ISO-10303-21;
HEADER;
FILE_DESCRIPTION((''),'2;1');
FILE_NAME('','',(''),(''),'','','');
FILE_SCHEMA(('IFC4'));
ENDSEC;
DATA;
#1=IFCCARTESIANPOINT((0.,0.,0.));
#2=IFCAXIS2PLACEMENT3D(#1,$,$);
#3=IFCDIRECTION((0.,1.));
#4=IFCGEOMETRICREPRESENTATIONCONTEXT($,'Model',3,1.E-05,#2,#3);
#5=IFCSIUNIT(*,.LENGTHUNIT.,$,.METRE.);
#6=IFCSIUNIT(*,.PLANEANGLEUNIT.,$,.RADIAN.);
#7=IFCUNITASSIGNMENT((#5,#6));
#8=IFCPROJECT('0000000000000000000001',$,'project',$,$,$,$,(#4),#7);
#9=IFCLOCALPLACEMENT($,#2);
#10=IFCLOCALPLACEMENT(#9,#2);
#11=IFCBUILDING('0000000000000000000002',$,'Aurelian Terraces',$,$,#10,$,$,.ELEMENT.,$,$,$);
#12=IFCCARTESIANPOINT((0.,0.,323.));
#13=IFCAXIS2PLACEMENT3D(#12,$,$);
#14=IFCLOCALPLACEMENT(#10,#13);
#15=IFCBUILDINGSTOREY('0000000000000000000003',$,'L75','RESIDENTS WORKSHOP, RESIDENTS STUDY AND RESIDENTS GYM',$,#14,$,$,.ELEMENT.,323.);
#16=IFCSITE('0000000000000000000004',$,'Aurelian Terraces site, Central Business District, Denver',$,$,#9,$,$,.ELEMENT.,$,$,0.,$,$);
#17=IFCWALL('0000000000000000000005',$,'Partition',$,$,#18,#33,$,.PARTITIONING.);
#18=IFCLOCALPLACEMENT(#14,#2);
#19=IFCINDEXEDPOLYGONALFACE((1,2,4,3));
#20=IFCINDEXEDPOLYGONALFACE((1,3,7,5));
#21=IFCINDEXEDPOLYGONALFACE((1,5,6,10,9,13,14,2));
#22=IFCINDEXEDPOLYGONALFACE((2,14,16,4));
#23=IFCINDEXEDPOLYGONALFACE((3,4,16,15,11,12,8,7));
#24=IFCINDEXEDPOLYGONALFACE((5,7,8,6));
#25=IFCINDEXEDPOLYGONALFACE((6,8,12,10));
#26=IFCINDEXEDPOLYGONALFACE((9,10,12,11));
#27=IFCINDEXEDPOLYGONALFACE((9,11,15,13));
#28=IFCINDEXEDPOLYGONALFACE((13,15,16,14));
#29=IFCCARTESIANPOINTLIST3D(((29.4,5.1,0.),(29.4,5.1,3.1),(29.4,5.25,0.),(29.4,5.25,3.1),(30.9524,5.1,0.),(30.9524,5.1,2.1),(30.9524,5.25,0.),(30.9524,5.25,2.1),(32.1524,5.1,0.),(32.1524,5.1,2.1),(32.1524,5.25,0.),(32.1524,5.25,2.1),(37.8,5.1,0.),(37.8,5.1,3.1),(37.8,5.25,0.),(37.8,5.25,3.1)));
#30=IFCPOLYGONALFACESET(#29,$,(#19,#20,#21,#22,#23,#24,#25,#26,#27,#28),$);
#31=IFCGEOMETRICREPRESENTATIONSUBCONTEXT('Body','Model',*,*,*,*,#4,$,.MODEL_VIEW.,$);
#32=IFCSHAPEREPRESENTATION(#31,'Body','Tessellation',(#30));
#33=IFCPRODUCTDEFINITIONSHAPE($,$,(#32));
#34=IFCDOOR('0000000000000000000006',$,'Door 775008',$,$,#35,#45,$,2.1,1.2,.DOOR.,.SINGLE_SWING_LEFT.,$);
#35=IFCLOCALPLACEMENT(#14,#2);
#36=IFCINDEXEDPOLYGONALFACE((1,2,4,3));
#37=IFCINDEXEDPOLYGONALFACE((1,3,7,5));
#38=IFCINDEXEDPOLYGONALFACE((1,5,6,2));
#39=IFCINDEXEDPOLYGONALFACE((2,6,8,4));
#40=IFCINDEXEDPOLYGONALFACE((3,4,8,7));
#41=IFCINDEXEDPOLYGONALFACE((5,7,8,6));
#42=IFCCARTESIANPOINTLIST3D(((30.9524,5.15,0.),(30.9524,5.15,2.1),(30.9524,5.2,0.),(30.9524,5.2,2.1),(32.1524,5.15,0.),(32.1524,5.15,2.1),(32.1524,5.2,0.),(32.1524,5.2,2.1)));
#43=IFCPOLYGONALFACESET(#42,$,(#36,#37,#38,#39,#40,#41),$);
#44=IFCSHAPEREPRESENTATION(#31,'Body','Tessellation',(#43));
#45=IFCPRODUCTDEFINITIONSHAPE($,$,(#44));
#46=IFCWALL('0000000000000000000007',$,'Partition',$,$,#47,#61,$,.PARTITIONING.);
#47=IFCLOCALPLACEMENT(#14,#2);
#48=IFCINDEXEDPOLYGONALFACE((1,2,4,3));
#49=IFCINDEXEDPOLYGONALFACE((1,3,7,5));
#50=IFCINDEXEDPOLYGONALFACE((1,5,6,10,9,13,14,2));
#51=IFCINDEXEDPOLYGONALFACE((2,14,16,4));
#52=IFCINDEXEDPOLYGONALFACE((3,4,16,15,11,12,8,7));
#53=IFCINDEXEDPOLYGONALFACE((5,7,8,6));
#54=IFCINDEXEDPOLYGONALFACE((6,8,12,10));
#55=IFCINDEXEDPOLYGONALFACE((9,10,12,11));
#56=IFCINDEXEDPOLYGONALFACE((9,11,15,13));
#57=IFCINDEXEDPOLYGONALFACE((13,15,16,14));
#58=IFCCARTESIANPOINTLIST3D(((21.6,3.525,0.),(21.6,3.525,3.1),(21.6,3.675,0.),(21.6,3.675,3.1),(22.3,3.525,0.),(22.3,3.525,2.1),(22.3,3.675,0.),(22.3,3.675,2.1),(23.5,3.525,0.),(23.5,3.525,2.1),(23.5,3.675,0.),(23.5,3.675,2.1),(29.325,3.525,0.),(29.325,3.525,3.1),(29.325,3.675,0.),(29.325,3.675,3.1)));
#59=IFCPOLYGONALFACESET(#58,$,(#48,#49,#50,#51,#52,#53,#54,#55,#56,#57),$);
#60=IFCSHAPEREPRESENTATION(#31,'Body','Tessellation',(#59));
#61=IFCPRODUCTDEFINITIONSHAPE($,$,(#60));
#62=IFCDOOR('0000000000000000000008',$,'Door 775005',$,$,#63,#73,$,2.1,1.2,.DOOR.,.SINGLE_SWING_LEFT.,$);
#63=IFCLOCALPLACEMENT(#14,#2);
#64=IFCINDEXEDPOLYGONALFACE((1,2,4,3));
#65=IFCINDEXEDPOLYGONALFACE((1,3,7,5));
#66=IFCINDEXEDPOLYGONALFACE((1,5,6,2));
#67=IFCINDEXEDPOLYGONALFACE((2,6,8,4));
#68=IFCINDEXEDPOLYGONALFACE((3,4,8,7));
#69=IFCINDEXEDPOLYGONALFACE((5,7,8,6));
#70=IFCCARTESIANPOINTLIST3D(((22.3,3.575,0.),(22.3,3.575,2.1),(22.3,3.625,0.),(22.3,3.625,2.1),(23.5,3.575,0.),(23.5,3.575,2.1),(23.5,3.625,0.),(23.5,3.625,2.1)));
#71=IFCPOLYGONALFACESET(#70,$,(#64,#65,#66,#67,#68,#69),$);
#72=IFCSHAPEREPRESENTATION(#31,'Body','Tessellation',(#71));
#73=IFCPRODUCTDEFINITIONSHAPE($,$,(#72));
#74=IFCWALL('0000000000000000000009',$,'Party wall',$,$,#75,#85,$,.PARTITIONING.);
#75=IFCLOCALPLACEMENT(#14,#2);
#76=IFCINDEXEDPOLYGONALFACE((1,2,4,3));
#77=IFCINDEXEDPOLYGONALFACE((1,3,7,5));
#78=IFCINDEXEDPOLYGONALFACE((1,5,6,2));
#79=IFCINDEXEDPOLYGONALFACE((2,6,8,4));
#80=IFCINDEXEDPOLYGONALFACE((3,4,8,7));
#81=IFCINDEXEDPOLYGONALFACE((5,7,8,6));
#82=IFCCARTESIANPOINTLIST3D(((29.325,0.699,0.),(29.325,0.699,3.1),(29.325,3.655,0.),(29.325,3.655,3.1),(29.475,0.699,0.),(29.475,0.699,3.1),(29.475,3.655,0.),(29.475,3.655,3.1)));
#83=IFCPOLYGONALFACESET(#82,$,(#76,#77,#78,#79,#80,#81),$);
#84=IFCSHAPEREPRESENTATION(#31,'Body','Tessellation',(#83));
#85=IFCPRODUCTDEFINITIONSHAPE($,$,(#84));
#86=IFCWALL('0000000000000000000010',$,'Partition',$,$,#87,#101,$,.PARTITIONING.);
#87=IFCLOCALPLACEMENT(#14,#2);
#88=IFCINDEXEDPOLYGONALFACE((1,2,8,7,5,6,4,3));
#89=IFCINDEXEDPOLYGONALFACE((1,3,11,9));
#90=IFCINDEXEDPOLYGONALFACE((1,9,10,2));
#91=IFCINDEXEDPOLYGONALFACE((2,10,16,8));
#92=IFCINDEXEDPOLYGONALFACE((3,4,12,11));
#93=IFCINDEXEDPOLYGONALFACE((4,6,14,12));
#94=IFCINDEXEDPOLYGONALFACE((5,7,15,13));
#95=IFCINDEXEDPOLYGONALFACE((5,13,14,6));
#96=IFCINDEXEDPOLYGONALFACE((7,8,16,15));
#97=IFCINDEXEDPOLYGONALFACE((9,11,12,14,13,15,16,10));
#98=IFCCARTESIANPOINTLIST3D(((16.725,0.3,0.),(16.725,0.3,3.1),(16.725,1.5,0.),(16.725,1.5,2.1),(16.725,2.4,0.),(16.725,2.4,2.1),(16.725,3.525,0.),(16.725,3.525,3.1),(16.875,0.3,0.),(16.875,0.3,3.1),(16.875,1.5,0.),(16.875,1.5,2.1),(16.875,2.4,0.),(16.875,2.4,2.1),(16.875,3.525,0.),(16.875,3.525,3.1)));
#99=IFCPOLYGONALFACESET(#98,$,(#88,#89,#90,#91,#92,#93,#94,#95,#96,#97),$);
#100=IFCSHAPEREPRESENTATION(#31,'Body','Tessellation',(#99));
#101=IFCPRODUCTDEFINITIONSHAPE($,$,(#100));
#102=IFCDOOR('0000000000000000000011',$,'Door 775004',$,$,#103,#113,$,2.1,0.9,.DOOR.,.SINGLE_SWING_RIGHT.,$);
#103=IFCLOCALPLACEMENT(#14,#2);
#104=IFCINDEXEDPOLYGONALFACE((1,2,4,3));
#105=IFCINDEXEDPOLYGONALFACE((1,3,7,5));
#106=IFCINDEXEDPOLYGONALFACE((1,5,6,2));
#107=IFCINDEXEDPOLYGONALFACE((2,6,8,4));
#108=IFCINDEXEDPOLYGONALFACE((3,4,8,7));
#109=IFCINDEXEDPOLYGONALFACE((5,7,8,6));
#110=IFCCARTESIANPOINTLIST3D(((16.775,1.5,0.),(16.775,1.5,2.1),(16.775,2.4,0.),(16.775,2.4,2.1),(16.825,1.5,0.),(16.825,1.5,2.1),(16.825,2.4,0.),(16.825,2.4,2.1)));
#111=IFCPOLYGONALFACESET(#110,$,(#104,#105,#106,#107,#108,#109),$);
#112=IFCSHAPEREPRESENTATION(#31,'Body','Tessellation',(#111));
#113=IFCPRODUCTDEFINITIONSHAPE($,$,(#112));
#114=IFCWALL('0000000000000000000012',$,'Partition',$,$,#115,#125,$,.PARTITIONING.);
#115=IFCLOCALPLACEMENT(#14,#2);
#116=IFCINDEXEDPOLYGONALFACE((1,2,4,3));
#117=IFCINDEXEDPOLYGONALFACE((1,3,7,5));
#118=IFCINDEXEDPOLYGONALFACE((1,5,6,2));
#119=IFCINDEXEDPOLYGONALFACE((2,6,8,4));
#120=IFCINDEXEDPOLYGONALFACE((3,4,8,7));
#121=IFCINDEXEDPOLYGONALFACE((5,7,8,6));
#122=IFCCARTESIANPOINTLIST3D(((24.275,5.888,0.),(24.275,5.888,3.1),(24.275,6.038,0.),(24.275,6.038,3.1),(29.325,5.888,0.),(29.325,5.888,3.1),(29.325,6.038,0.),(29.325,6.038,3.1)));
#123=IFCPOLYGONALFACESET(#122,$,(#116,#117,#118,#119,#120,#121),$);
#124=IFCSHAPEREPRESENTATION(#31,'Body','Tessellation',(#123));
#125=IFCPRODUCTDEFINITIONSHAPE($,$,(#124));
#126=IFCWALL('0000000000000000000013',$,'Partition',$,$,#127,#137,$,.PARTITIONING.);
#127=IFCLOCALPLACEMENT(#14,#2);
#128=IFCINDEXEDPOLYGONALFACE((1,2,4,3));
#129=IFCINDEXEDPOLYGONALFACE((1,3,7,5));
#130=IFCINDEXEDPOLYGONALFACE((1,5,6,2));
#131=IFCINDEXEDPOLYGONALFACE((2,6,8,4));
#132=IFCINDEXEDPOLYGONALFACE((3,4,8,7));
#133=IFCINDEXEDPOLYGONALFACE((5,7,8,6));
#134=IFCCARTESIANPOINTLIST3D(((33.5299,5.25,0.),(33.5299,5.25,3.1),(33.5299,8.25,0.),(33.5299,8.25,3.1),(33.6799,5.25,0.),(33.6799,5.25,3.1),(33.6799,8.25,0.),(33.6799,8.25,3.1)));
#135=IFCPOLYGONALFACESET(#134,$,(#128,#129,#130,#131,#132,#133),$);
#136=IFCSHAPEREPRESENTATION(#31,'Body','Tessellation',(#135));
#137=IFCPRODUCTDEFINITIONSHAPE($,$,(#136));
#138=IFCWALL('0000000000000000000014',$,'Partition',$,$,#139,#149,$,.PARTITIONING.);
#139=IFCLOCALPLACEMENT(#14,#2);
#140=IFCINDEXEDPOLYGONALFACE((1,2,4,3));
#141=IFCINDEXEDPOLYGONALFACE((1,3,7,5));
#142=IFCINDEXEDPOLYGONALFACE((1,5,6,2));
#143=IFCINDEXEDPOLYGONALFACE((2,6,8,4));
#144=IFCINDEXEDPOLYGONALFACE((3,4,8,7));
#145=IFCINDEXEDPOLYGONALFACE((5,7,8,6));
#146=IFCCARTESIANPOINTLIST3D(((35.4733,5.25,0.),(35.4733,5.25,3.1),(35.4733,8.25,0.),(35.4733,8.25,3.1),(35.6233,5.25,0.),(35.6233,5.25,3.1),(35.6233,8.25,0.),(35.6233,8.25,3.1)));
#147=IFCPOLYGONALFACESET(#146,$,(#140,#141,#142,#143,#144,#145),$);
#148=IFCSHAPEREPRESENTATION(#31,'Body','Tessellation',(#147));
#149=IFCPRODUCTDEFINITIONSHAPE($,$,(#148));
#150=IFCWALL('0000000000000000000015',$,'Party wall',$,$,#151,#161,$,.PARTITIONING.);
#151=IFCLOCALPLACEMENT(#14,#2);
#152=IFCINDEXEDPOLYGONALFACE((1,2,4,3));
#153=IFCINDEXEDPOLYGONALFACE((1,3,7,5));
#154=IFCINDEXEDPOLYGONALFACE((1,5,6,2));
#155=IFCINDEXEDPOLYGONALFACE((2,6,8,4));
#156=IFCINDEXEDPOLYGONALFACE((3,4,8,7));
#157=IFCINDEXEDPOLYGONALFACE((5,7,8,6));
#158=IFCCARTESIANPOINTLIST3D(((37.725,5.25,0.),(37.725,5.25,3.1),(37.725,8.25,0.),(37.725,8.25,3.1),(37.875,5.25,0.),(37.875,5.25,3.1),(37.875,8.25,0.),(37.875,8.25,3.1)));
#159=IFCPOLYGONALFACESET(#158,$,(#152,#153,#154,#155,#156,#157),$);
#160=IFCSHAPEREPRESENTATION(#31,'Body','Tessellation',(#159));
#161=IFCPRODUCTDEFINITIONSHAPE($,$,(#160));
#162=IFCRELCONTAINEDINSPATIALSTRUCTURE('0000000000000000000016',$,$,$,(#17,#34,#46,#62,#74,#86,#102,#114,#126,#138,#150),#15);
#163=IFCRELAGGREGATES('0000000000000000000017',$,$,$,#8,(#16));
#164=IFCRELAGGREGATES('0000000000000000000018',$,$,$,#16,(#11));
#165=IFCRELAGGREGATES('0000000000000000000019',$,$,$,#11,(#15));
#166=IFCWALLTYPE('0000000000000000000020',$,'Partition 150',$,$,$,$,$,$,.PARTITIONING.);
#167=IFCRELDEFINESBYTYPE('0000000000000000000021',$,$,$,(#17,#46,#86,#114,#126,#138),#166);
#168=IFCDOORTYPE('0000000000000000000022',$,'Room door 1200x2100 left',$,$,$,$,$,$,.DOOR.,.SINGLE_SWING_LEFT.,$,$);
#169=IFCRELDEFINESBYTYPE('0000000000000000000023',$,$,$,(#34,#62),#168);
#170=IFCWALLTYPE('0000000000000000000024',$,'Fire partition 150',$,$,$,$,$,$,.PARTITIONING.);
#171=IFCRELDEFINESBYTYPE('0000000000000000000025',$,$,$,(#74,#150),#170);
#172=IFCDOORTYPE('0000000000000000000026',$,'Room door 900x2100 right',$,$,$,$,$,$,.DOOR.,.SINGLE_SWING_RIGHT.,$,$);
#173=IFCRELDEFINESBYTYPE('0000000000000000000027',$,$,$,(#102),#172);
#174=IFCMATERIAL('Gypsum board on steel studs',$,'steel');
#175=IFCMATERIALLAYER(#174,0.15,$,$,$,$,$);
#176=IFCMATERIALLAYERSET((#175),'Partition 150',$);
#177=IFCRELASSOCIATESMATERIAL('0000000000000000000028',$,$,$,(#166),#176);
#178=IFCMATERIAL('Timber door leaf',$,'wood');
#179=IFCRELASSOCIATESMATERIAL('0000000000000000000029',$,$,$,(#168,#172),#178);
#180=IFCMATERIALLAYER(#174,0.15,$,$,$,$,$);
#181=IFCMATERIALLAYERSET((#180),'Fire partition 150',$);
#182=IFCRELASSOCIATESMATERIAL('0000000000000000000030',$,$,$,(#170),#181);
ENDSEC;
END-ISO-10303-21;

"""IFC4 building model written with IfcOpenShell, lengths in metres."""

from ifc_helpers import new_model, si_unit, direction, frame, frame_2d, origin, place, context, subcontext, project, spatial, rectangle, extrude, source, transform, mapped, material, layer, layer_set, type_object, element, fill, save


model = new_model("IFC4")

# Units and contexts
model_context = context("Model", 3, precision=1e-05, world=origin(), true_north=direction((0.0, 1.0)))
body_context = subcontext(model_context, "Body", "Model", "MODEL_VIEW")
ifc_project = project(units=[si_unit("LENGTHUNIT", "METRE"), si_unit("PLANEANGLEUNIT", "RADIAN")], contexts=[model_context])

# Site, building, storey
site_placement = place(None, origin())
site = spatial("IfcSite", under=ifc_project, at=site_placement, Name="Aurelian Terraces site, Central Business District, Denver", CompositionType="ELEMENT", RefElevation=0.0)
building_placement = place(site_placement, origin())
building = spatial("IfcBuilding", under=site, at=building_placement, Name="Aurelian Terraces", CompositionType="ELEMENT")
storey_placement = place(building_placement, frame((0.0, 0.0, 323.0)))
storey = spatial("IfcBuildingStorey", under=building, at=storey_placement, Name="L75", Description="RESIDENTS WORKSHOP, RESIDENTS STUDY AND RESIDENTS GYM", CompositionType="ELEMENT", Elevation=323.0)

# Shared definitions
ifc_material_1 = material(Name="Gypsum board on steel studs", Category="steel")
ifc_layer_1 = layer(ifc_material_1, 0.15)
ifc_layer_set_1 = layer_set([ifc_layer_1], Name="Partition 150")
wall_type_1 = type_object("IfcWallType", Name="Partition 150", PredefinedType="PARTITIONING", material=ifc_layer_set_1)

# Walls, openings, doors
shared_shape_1 = source(origin(), body_context, "Body", "SweptSolid", [
    extrude(rectangle(XDim=8.4, YDim=0.15, at=frame_2d((4.2, 0.0))), origin(), (0.0, 0.0, 1.0), 3.1),
])
wall_1_placement = place(storey_placement, frame((37.8, 5.175, 0.0), z_axis=(0.0, 0.0, 1.0), x_axis=(-1.0, 0.0, 0.0)))
wall_1 = element("IfcWall", 1, at=wall_1_placement, inside=storey, type_object=wall_type_1, Name="Partition", PredefinedType="PARTITIONING", context=body_context, shape_type="MappedRepresentation", body=[
    mapped(shared_shape_1, transform((0.0, 0.0, 0.0), scale=1.0)),
])
shared_shape_2 = source(origin(), body_context, "Body", "SweptSolid", [
    extrude(rectangle(XDim=1.2, YDim=2.1, at=frame_2d((0.6, 1.05))), frame((0.0, 0.085, 0.0), z_axis=(0.0, -1.0, 0.0), x_axis=(1.0, 0.0, 0.0)), (0.0, 0.0, 1.0), 0.17),
])
opening_1_placement = place(wall_1_placement, frame((5.6476, 0.0, 0.0)))
opening_1 = element("IfcOpeningElement", 2, at=opening_1_placement, cuts=wall_1, PredefinedType="OPENING", context=body_context, shape_type="MappedRepresentation", body=[
    mapped(shared_shape_2, transform((0.0, 0.0, 0.0), scale=1.0)),
])
ifc_material_2 = material(Name="Timber door leaf", Category="wood")
door_type_1 = type_object("IfcDoorType", Name="Room door 1200x2100 left", OperationType="SINGLE_SWING_LEFT", PredefinedType="DOOR", material=ifc_material_2)
shared_shape_3 = source(origin(), body_context, "Body", "SweptSolid", [
    extrude(rectangle(XDim=1.2, YDim=2.1, at=frame_2d((0.6, 1.05))), frame((0.0, 0.025, 0.0), z_axis=(0.0, -1.0, 0.0), x_axis=(1.0, 0.0, 0.0)), (0.0, 0.0, 1.0), 0.05),
])
door_1_placement = place(opening_1_placement, origin())
door_1 = element("IfcDoor", 3, at=door_1_placement, inside=storey, type_object=door_type_1, Name="Door 775008", OperationType="SINGLE_SWING_LEFT", OverallHeight=2.1, OverallWidth=1.2, PredefinedType="DOOR", context=body_context, shape_type="MappedRepresentation", body=[
    mapped(shared_shape_3, transform((0.0, 0.0, 0.0), scale=1.0)),
])
fill(opening_1, door_1)
shared_shape_4 = source(origin(), body_context, "Body", "SweptSolid", [
    extrude(rectangle(XDim=7.725, YDim=0.15, at=frame_2d((3.8625, 0.0))), origin(), (0.0, 0.0, 1.0), 3.1),
])
wall_2_placement = place(storey_placement, frame((21.6, 3.6, 0.0), z_axis=(0.0, 0.0, 1.0), x_axis=(1.0, 0.0, 0.0)))
wall_2 = element("IfcWall", 4, at=wall_2_placement, inside=storey, type_object=wall_type_1, Name="Partition", PredefinedType="PARTITIONING", context=body_context, shape_type="MappedRepresentation", body=[
    mapped(shared_shape_4, transform((0.0, 0.0, 0.0), scale=1.0)),
])
opening_2_placement = place(wall_2_placement, frame((0.7, 0.0, 0.0)))
opening_2 = element("IfcOpeningElement", 5, at=opening_2_placement, cuts=wall_2, PredefinedType="OPENING", context=body_context, shape_type="MappedRepresentation", body=[
    mapped(shared_shape_2, transform((0.0, 0.0, 0.0), scale=1.0)),
])
door_2_placement = place(opening_2_placement, origin())
door_2 = element("IfcDoor", 6, at=door_2_placement, inside=storey, type_object=door_type_1, Name="Door 775005", OperationType="SINGLE_SWING_LEFT", OverallHeight=2.1, OverallWidth=1.2, PredefinedType="DOOR", context=body_context, shape_type="MappedRepresentation", body=[
    mapped(shared_shape_3, transform((0.0, 0.0, 0.0), scale=1.0)),
])
fill(opening_2, door_2)

# Wall
ifc_layer_2 = layer(ifc_material_1, 0.15)
ifc_layer_set_2 = layer_set([ifc_layer_2], Name="Fire partition 150")
wall_type_2 = type_object("IfcWallType", Name="Fire partition 150", PredefinedType="PARTITIONING", material=ifc_layer_set_2)
shared_shape_5 = source(origin(), body_context, "Body", "SweptSolid", [
    extrude(rectangle(XDim=2.956, YDim=0.15, at=frame_2d((1.478, 0.0))), origin(), (0.0, 0.0, 1.0), 3.1),
])
wall_3_placement = place(storey_placement, frame((29.4, 0.699, 0.0), z_axis=(0.0, 0.0, 1.0), x_axis=(0.0, 1.0, 0.0)))
element("IfcWall", 7, at=wall_3_placement, inside=storey, type_object=wall_type_2, Name="Party wall", PredefinedType="PARTITIONING", context=body_context, shape_type="MappedRepresentation", body=[
    mapped(shared_shape_5, transform((0.0, 0.0, 0.0), scale=1.0)),
])

# Wall, opening, door
shared_shape_6 = source(origin(), body_context, "Body", "SweptSolid", [
    extrude(rectangle(XDim=3.225, YDim=0.15, at=frame_2d((1.6125, 0.0))), origin(), (0.0, 0.0, 1.0), 3.1),
])
wall_4_placement = place(storey_placement, frame((16.8, 3.525, 0.0), z_axis=(0.0, 0.0, 1.0), x_axis=(0.0, -1.0, 0.0)))
wall_4 = element("IfcWall", 8, at=wall_4_placement, inside=storey, type_object=wall_type_1, Name="Partition", PredefinedType="PARTITIONING", context=body_context, shape_type="MappedRepresentation", body=[
    mapped(shared_shape_6, transform((0.0, 0.0, 0.0), scale=1.0)),
])
shared_shape_7 = source(origin(), body_context, "Body", "SweptSolid", [
    extrude(rectangle(XDim=0.9, YDim=2.1, at=frame_2d((0.45, 1.05))), frame((0.0, 0.085, 0.0), z_axis=(0.0, -1.0, 0.0), x_axis=(1.0, 0.0, 0.0)), (0.0, 0.0, 1.0), 0.17),
])
opening_3_placement = place(wall_4_placement, frame((1.125, 0.0, 0.0)))
opening_3 = element("IfcOpeningElement", 9, at=opening_3_placement, cuts=wall_4, PredefinedType="OPENING", context=body_context, shape_type="MappedRepresentation", body=[
    mapped(shared_shape_7, transform((0.0, 0.0, 0.0), scale=1.0)),
])
door_type_2 = type_object("IfcDoorType", Name="Room door 900x2100 right", OperationType="SINGLE_SWING_RIGHT", PredefinedType="DOOR", material=ifc_material_2)
shared_shape_8 = source(origin(), body_context, "Body", "SweptSolid", [
    extrude(rectangle(XDim=0.9, YDim=2.1, at=frame_2d((0.45, 1.05))), frame((0.0, 0.025, 0.0), z_axis=(0.0, -1.0, 0.0), x_axis=(1.0, 0.0, 0.0)), (0.0, 0.0, 1.0), 0.05),
])
door_3_placement = place(opening_3_placement, origin())
door_3 = element("IfcDoor", 10, at=door_3_placement, inside=storey, type_object=door_type_2, Name="Door 775004", OperationType="SINGLE_SWING_RIGHT", OverallHeight=2.1, OverallWidth=0.9, PredefinedType="DOOR", context=body_context, shape_type="MappedRepresentation", body=[
    mapped(shared_shape_8, transform((0.0, 0.0, 0.0), scale=1.0)),
])
fill(opening_3, door_3)

# Walls
shared_shape_9 = source(origin(), body_context, "Body", "SweptSolid", [
    extrude(rectangle(XDim=5.05, YDim=0.15, at=frame_2d((2.525, 0.0))), origin(), (0.0, 0.0, 1.0), 3.1),
])
wall_5_placement = place(storey_placement, frame((29.325, 5.963, 0.0), z_axis=(0.0, 0.0, 1.0), x_axis=(-1.0, 0.0, 0.0)))
element("IfcWall", 11, at=wall_5_placement, inside=storey, type_object=wall_type_1, Name="Partition", PredefinedType="PARTITIONING", context=body_context, shape_type="MappedRepresentation", body=[
    mapped(shared_shape_9, transform((0.0, 0.0, 0.0), scale=1.0)),
])
shared_shape_10 = source(origin(), body_context, "Body", "SweptSolid", [
    extrude(rectangle(XDim=3.0, YDim=0.15, at=frame_2d((1.5, 0.0))), origin(), (0.0, 0.0, 1.0), 3.1),
])
for number, where, z_axis, x_axis, name in (
    (12, (33.6049, 5.25, 0.0), (0.0, 0.0, 1.0), (0.0, 1.0, 0.0), "Partition"),
    (13, (35.5483, 5.25, 0.0), (0.0, 0.0, 1.0), (0.0, 1.0, 0.0), "Partition"),
):
    element("IfcWall", number, at=place(storey_placement, frame(where, z_axis=z_axis, x_axis=x_axis)), inside=storey, type_object=wall_type_1, Name=name, PredefinedType="PARTITIONING", context=body_context, shape_type="MappedRepresentation", body=[
        mapped(shared_shape_10, transform((0.0, 0.0, 0.0), scale=1.0)),
    ])
wall_6_placement = place(storey_placement, frame((37.8, 5.25, 0.0), z_axis=(0.0, 0.0, 1.0), x_axis=(0.0, 1.0, 0.0)))
element("IfcWall", 14, at=wall_6_placement, inside=storey, type_object=wall_type_2, Name="Party wall", PredefinedType="PARTITIONING", context=body_context, shape_type="MappedRepresentation", body=[
    mapped(shared_shape_10, transform((0.0, 0.0, 0.0), scale=1.0)),
])

save(model, "model.ifc")
